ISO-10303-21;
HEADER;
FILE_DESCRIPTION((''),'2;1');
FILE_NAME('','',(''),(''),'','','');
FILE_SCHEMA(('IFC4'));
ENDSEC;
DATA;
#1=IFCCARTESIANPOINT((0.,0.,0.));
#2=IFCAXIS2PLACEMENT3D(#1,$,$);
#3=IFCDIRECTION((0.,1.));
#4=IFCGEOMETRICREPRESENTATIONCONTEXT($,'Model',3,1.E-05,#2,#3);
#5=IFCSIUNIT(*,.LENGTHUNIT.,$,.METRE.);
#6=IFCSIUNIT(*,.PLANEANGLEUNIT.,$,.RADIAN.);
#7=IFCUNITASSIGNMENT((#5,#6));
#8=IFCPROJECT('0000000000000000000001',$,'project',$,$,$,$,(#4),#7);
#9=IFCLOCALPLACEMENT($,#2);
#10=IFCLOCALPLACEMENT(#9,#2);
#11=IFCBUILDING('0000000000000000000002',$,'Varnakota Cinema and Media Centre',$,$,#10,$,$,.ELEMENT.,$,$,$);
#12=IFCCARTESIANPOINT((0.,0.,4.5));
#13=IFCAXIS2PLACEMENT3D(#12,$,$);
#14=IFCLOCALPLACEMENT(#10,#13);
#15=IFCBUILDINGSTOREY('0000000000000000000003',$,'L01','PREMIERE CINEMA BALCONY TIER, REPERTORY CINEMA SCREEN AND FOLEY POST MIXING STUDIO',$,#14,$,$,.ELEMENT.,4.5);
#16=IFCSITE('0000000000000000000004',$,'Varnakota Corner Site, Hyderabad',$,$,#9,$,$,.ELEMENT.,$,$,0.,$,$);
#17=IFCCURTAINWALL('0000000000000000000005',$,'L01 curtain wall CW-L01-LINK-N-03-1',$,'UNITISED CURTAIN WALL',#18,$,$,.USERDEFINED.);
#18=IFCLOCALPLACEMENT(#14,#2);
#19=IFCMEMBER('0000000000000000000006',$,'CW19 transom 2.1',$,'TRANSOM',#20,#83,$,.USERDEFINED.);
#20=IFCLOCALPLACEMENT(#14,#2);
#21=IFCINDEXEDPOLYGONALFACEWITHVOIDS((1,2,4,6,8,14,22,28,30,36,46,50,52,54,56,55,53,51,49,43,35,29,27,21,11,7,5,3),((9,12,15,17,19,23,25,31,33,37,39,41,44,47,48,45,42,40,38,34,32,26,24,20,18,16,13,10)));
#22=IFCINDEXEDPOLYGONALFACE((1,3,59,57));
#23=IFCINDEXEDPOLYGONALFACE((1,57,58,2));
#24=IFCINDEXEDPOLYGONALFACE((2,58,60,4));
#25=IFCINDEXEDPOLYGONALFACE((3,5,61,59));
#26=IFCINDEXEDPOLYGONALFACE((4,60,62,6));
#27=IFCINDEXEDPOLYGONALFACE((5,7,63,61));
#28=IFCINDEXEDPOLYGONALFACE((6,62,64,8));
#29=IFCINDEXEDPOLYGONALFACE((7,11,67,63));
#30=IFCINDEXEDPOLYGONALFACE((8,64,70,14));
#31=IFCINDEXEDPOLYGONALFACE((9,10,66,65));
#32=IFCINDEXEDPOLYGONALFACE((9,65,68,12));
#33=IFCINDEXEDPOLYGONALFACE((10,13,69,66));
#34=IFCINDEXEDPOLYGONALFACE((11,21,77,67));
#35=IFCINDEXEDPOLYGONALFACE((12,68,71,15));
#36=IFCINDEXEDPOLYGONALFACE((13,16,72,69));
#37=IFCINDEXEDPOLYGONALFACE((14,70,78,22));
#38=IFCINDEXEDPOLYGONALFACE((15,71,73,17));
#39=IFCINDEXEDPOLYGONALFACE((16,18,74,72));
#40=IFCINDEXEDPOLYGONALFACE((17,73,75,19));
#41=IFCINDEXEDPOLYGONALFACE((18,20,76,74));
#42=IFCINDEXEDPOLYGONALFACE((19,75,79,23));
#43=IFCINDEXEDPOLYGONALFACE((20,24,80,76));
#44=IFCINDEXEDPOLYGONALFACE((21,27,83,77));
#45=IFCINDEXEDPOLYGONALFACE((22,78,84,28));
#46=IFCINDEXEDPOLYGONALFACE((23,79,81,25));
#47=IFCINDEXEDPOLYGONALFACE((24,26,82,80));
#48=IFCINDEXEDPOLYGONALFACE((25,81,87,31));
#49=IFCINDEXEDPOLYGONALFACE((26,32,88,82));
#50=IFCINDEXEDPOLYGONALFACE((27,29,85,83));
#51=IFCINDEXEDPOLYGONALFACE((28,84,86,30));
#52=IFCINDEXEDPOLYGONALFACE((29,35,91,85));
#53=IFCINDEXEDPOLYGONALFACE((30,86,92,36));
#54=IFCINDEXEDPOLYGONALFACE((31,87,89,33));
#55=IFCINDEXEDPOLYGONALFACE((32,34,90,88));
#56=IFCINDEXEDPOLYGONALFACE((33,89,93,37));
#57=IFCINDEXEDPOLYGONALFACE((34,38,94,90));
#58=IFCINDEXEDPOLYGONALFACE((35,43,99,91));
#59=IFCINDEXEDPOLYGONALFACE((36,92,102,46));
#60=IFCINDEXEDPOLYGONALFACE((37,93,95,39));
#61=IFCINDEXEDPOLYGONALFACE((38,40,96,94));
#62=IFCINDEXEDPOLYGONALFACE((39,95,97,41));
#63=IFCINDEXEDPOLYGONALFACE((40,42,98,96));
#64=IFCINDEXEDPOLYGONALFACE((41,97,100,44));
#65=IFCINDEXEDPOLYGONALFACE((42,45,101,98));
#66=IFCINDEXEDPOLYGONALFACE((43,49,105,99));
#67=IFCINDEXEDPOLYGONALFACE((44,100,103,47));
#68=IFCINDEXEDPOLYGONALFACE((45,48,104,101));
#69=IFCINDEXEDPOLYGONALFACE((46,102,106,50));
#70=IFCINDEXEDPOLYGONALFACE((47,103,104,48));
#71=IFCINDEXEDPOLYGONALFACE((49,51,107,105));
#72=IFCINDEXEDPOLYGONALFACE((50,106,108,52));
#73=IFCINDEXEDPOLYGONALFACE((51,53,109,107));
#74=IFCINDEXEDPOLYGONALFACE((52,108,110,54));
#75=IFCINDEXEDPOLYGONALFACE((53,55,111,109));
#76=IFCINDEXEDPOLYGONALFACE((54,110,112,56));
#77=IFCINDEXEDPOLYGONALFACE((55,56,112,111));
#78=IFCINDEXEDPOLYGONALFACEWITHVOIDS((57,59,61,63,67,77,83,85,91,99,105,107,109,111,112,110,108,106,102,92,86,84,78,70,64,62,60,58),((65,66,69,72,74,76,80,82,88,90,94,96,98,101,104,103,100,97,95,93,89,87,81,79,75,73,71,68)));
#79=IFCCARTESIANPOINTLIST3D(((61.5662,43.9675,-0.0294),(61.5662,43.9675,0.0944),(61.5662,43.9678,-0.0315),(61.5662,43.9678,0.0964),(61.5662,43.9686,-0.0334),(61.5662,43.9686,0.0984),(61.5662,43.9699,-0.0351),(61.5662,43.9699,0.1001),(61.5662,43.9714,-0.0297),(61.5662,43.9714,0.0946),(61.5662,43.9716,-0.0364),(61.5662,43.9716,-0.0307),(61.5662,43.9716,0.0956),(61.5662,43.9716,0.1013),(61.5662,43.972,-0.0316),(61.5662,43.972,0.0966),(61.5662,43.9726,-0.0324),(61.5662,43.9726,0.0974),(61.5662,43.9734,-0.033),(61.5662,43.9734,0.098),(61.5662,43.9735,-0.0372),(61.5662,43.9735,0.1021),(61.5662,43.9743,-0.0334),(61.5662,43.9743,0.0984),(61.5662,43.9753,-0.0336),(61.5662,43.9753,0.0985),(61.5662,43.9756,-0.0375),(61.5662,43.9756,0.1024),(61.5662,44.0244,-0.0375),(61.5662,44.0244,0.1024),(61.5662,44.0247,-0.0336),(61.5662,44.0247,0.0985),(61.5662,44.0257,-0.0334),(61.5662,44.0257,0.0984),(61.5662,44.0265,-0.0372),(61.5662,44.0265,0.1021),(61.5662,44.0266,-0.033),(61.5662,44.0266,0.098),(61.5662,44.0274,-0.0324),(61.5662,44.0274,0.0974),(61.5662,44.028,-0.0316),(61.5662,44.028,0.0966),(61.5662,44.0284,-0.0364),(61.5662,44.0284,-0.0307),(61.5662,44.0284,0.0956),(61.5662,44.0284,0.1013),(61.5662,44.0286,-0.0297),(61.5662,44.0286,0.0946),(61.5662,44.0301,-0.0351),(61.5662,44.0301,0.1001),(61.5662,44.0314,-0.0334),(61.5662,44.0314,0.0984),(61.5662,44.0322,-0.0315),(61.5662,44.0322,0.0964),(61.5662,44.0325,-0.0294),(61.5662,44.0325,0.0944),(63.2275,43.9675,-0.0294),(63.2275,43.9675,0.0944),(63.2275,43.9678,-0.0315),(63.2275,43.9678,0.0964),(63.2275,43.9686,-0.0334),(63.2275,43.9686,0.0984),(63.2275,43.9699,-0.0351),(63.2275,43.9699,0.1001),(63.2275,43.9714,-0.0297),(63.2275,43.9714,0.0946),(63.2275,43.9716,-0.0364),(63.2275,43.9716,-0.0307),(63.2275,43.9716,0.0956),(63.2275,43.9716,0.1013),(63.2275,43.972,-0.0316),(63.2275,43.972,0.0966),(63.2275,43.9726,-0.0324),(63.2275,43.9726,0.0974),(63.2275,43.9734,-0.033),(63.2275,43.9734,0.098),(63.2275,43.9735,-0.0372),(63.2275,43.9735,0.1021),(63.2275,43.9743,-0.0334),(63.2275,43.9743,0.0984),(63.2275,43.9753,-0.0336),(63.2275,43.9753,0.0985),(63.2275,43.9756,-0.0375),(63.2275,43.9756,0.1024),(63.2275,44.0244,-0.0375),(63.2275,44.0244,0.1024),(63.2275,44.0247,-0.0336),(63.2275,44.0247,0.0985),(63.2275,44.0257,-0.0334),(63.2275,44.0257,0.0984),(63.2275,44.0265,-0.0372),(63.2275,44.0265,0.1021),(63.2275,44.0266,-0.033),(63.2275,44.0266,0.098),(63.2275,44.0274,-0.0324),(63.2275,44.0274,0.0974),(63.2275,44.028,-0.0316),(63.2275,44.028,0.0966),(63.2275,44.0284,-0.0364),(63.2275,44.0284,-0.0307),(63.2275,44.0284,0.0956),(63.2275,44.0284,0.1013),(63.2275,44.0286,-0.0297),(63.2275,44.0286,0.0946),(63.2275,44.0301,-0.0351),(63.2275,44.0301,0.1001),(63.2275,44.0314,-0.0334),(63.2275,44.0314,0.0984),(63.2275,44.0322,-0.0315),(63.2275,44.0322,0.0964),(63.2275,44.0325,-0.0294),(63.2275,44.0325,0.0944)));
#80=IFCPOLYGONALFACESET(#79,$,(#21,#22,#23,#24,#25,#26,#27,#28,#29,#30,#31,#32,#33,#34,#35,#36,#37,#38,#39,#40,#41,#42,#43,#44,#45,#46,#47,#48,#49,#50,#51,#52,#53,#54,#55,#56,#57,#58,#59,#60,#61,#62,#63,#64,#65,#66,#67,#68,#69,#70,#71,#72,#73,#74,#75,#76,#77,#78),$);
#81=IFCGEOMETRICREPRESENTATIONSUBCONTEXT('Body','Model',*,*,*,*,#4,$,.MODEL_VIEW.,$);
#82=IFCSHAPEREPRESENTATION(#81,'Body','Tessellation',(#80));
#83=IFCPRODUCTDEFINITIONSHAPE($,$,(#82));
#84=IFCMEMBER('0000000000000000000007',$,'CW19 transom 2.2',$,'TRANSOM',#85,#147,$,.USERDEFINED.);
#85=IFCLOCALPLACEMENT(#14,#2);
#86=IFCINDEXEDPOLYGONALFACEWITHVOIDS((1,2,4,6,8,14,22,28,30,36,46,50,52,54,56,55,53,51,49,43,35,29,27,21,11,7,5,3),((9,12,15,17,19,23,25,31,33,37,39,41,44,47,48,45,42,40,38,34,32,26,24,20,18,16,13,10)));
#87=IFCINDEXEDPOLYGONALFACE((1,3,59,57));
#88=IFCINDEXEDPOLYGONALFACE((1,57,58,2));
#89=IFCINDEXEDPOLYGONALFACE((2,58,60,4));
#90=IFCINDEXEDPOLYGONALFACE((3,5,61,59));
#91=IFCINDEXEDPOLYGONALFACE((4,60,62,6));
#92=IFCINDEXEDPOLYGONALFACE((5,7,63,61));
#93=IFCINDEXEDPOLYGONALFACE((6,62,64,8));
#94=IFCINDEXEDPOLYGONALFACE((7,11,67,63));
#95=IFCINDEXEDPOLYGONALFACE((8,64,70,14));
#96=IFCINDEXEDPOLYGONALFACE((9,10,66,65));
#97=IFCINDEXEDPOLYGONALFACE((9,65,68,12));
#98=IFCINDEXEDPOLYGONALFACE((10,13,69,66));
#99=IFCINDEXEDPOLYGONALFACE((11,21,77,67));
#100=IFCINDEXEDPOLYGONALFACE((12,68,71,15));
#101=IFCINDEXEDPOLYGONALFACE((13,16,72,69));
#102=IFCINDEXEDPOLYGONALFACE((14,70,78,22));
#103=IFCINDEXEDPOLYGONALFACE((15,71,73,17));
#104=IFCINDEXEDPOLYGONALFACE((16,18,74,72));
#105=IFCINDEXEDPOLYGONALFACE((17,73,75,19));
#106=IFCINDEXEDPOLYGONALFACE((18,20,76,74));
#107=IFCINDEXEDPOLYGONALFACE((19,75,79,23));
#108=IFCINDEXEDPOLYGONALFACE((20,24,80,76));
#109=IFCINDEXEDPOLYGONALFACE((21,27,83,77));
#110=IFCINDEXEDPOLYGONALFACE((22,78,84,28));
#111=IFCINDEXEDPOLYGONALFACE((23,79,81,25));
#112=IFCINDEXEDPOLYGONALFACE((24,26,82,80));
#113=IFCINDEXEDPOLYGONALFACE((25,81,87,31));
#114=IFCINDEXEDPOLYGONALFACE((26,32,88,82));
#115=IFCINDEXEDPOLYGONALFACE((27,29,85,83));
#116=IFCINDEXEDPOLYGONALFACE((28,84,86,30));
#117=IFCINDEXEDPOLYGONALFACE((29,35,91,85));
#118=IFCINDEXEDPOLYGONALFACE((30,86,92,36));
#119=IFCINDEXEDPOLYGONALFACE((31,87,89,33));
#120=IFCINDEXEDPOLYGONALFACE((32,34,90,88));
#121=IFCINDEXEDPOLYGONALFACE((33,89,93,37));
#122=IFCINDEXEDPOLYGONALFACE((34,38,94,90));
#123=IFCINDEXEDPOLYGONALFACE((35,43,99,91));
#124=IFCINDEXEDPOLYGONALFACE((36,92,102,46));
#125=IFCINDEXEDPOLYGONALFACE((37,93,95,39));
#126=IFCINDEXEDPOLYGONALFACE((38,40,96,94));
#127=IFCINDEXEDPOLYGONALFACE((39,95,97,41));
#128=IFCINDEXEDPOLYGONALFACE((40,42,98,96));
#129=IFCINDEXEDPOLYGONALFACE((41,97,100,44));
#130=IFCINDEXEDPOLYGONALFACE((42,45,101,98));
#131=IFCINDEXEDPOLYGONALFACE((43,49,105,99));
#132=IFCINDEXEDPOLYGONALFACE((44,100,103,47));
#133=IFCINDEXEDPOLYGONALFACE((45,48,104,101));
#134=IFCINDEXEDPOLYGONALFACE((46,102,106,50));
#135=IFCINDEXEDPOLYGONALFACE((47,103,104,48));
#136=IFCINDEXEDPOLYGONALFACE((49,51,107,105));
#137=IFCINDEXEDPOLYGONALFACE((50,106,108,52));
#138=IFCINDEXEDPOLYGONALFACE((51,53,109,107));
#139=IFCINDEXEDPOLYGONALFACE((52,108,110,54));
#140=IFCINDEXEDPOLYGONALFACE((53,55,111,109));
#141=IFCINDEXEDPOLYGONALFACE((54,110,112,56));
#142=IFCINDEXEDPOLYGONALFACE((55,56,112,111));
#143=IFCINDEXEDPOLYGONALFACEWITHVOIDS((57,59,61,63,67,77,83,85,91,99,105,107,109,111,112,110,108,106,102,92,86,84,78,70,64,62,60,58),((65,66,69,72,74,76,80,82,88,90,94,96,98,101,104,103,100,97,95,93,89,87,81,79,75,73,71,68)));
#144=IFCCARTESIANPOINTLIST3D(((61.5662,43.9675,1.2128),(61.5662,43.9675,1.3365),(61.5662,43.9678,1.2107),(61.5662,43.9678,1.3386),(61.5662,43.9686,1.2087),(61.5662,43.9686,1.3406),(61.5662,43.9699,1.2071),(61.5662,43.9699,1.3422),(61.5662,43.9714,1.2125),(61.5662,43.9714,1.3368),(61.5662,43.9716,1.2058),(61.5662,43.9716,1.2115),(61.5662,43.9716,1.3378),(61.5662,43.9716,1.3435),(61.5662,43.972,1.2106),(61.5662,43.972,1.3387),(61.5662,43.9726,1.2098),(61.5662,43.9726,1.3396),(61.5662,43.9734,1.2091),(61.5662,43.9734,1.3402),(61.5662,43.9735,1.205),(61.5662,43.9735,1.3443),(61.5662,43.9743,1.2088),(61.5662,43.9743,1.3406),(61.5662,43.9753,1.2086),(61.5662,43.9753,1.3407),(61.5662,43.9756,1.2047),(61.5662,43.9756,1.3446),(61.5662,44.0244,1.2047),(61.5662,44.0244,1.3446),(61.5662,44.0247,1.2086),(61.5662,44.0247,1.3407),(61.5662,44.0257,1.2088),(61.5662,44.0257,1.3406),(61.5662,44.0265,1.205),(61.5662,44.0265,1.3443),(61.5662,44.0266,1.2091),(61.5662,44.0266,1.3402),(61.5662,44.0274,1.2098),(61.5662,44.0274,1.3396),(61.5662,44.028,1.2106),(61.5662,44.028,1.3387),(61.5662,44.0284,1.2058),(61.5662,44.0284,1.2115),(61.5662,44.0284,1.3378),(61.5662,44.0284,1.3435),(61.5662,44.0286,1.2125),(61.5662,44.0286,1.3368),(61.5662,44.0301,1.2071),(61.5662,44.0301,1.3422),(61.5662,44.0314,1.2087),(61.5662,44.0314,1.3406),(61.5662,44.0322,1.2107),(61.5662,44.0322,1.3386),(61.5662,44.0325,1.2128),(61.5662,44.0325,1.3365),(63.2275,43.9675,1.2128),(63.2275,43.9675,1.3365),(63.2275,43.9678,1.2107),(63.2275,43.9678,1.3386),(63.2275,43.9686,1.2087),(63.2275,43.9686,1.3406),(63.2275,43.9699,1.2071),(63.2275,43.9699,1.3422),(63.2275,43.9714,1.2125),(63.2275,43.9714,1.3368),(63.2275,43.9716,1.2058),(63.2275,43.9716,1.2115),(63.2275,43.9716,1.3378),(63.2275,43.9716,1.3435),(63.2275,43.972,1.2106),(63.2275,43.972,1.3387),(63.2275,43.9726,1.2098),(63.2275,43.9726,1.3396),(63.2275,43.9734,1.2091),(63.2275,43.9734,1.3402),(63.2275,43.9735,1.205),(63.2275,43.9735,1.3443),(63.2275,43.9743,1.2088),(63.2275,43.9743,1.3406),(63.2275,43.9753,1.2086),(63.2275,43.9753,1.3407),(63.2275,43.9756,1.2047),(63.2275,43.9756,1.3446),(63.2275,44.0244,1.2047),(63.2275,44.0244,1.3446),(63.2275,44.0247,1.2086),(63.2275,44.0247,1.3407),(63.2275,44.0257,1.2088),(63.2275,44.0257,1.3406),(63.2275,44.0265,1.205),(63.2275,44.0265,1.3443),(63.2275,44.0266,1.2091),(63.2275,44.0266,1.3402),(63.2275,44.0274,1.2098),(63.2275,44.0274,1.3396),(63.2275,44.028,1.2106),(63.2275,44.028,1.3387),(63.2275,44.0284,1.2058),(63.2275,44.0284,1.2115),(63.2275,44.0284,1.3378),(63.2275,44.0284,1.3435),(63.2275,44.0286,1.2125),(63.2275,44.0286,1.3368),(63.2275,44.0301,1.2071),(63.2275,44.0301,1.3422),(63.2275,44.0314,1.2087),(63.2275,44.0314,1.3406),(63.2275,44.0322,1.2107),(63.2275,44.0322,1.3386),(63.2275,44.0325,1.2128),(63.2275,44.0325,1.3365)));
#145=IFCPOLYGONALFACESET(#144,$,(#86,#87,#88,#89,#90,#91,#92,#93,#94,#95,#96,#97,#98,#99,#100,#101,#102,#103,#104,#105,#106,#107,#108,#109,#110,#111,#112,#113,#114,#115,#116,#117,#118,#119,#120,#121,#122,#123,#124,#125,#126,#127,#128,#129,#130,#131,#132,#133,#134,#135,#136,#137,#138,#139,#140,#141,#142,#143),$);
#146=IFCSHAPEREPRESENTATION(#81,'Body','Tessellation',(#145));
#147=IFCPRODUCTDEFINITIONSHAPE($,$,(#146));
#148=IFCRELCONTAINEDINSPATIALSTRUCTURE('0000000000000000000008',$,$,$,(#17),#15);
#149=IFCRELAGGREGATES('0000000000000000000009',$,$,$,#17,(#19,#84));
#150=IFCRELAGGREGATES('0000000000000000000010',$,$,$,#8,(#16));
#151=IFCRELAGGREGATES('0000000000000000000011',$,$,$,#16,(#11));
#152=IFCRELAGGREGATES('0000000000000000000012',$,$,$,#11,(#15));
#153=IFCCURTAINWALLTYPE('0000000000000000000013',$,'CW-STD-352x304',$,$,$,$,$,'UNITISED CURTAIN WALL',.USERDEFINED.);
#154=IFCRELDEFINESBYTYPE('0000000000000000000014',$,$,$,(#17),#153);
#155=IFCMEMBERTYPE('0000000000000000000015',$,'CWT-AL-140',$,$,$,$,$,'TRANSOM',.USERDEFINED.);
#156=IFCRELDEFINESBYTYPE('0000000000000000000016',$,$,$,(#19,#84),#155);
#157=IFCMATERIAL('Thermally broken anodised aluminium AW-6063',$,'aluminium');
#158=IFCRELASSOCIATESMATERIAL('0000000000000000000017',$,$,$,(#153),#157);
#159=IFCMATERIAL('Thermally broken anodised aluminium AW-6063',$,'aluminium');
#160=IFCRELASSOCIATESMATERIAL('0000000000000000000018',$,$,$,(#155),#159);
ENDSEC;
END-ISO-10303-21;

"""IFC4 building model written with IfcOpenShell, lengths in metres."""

from ifc_helpers import new_model, si_unit, direction, frame, origin, origin_2d, place, context, subcontext, project, spatial, hollow_rectangle, extrude, material, material_profile, profile_set, type_object, element, aggregate, save


model = new_model("IFC4")

# Units and contexts
model_context = context("Model", 3, precision=1e-05, world=origin(), true_north=direction((0.0, 1.0)))
body_context = subcontext(model_context, "Body", "Model", "MODEL_VIEW")
ifc_project = project(units=[si_unit("LENGTHUNIT", "METRE"), si_unit("PLANEANGLEUNIT", "RADIAN")], contexts=[model_context])

# Site, building, storey
site_placement = place(None, origin())
site = spatial("IfcSite", under=ifc_project, at=site_placement, Name="Varnakota Corner Site, Hyderabad", CompositionType="ELEMENT", RefElevation=0.0)
building_placement = place(site_placement, origin())
building = spatial("IfcBuilding", under=site, at=building_placement, Name="Varnakota Cinema and Media Centre", CompositionType="ELEMENT")
storey_placement = place(building_placement, frame((0.0, 0.0, 4.5)))
storey = spatial("IfcBuildingStorey", under=building, at=storey_placement, Name="L01", Description="PREMIERE CINEMA BALCONY TIER, REPERTORY CINEMA SCREEN AND FOLEY POST MIXING STUDIO", CompositionType="ELEMENT", Elevation=4.5)

# Shared definitions
ifc_material_1 = material(Name="Thermally broken anodised aluminium AW-6063", Category="aluminium")
curtain_wall_type = type_object("IfcCurtainWallType", Name="CW-STD-352x304", ElementType="UNITISED CURTAIN WALL", PredefinedType="USERDEFINED", material=ifc_material_1)

# Curtain wall
curtain_wall_1_placement = place(storey_placement, origin())
curtain_wall_1 = element("IfcCurtainWall", 1, at=curtain_wall_1_placement, inside=storey, type_object=curtain_wall_type, Name="L01 curtain wall CW-L01-LINK-N-03-1", ObjectType="UNITISED CURTAIN WALL", PredefinedType="USERDEFINED")

# Members
ifc_material_2 = material(Name="Thermally broken anodised aluminium AW-6063", Category="aluminium")
ifc_material_profile_1 = material_profile(ifc_material_2, hollow_rectangle(XDim=0.0649, YDim=0.1399, WallThickness=0.0039, InnerFilletRadius=0.0039, OuterFilletRadius=0.0081, at=origin_2d()), Name="AL-TRANSOM 140x65x4")
ifc_profile_set_1 = profile_set([ifc_material_profile_1], Name="Thermally broken anodised aluminium AW-6063")
member_type_1 = type_object("IfcMemberType", Name="CWT-AL-140", ElementType="TRANSOM", PredefinedType="USERDEFINED", material=ifc_profile_set_1)
member_1_placement = place(storey_placement, frame((61.5662, 44.0, 0.0325), z_axis=(1.0, 0.0, 0.0), x_axis=(0.0, 1.0, 0.0)))
member_1 = element("IfcMember", 2, at=member_1_placement, type_object=member_type_1, Name="CW19 transom 2.1", ObjectType="TRANSOM", PredefinedType="USERDEFINED", context=body_context, shape_type="SweptSolid", body=[
    extrude(hollow_rectangle(XDim=0.0649, YDim=0.1399, WallThickness=0.0039, InnerFilletRadius=0.0039, OuterFilletRadius=0.0081, at=origin_2d()), origin(), (0.0, 0.0, 1.0), 1.6614),
])
member_2_placement = place(storey_placement, frame((61.5662, 44.0, 1.2747), z_axis=(1.0, 0.0, 0.0), x_axis=(0.0, 1.0, 0.0)))
member_2 = element("IfcMember", 3, at=member_2_placement, type_object=member_type_1, Name="CW19 transom 2.2", ObjectType="TRANSOM", PredefinedType="USERDEFINED", context=body_context, shape_type="SweptSolid", body=[
    extrude(hollow_rectangle(XDim=0.0649, YDim=0.1399, WallThickness=0.0039, InnerFilletRadius=0.0039, OuterFilletRadius=0.0081, at=origin_2d()), origin(), (0.0, 0.0, 1.0), 1.6614),
])

aggregate(curtain_wall_1, [member_1, member_2])

save(model, "model.ifc")
